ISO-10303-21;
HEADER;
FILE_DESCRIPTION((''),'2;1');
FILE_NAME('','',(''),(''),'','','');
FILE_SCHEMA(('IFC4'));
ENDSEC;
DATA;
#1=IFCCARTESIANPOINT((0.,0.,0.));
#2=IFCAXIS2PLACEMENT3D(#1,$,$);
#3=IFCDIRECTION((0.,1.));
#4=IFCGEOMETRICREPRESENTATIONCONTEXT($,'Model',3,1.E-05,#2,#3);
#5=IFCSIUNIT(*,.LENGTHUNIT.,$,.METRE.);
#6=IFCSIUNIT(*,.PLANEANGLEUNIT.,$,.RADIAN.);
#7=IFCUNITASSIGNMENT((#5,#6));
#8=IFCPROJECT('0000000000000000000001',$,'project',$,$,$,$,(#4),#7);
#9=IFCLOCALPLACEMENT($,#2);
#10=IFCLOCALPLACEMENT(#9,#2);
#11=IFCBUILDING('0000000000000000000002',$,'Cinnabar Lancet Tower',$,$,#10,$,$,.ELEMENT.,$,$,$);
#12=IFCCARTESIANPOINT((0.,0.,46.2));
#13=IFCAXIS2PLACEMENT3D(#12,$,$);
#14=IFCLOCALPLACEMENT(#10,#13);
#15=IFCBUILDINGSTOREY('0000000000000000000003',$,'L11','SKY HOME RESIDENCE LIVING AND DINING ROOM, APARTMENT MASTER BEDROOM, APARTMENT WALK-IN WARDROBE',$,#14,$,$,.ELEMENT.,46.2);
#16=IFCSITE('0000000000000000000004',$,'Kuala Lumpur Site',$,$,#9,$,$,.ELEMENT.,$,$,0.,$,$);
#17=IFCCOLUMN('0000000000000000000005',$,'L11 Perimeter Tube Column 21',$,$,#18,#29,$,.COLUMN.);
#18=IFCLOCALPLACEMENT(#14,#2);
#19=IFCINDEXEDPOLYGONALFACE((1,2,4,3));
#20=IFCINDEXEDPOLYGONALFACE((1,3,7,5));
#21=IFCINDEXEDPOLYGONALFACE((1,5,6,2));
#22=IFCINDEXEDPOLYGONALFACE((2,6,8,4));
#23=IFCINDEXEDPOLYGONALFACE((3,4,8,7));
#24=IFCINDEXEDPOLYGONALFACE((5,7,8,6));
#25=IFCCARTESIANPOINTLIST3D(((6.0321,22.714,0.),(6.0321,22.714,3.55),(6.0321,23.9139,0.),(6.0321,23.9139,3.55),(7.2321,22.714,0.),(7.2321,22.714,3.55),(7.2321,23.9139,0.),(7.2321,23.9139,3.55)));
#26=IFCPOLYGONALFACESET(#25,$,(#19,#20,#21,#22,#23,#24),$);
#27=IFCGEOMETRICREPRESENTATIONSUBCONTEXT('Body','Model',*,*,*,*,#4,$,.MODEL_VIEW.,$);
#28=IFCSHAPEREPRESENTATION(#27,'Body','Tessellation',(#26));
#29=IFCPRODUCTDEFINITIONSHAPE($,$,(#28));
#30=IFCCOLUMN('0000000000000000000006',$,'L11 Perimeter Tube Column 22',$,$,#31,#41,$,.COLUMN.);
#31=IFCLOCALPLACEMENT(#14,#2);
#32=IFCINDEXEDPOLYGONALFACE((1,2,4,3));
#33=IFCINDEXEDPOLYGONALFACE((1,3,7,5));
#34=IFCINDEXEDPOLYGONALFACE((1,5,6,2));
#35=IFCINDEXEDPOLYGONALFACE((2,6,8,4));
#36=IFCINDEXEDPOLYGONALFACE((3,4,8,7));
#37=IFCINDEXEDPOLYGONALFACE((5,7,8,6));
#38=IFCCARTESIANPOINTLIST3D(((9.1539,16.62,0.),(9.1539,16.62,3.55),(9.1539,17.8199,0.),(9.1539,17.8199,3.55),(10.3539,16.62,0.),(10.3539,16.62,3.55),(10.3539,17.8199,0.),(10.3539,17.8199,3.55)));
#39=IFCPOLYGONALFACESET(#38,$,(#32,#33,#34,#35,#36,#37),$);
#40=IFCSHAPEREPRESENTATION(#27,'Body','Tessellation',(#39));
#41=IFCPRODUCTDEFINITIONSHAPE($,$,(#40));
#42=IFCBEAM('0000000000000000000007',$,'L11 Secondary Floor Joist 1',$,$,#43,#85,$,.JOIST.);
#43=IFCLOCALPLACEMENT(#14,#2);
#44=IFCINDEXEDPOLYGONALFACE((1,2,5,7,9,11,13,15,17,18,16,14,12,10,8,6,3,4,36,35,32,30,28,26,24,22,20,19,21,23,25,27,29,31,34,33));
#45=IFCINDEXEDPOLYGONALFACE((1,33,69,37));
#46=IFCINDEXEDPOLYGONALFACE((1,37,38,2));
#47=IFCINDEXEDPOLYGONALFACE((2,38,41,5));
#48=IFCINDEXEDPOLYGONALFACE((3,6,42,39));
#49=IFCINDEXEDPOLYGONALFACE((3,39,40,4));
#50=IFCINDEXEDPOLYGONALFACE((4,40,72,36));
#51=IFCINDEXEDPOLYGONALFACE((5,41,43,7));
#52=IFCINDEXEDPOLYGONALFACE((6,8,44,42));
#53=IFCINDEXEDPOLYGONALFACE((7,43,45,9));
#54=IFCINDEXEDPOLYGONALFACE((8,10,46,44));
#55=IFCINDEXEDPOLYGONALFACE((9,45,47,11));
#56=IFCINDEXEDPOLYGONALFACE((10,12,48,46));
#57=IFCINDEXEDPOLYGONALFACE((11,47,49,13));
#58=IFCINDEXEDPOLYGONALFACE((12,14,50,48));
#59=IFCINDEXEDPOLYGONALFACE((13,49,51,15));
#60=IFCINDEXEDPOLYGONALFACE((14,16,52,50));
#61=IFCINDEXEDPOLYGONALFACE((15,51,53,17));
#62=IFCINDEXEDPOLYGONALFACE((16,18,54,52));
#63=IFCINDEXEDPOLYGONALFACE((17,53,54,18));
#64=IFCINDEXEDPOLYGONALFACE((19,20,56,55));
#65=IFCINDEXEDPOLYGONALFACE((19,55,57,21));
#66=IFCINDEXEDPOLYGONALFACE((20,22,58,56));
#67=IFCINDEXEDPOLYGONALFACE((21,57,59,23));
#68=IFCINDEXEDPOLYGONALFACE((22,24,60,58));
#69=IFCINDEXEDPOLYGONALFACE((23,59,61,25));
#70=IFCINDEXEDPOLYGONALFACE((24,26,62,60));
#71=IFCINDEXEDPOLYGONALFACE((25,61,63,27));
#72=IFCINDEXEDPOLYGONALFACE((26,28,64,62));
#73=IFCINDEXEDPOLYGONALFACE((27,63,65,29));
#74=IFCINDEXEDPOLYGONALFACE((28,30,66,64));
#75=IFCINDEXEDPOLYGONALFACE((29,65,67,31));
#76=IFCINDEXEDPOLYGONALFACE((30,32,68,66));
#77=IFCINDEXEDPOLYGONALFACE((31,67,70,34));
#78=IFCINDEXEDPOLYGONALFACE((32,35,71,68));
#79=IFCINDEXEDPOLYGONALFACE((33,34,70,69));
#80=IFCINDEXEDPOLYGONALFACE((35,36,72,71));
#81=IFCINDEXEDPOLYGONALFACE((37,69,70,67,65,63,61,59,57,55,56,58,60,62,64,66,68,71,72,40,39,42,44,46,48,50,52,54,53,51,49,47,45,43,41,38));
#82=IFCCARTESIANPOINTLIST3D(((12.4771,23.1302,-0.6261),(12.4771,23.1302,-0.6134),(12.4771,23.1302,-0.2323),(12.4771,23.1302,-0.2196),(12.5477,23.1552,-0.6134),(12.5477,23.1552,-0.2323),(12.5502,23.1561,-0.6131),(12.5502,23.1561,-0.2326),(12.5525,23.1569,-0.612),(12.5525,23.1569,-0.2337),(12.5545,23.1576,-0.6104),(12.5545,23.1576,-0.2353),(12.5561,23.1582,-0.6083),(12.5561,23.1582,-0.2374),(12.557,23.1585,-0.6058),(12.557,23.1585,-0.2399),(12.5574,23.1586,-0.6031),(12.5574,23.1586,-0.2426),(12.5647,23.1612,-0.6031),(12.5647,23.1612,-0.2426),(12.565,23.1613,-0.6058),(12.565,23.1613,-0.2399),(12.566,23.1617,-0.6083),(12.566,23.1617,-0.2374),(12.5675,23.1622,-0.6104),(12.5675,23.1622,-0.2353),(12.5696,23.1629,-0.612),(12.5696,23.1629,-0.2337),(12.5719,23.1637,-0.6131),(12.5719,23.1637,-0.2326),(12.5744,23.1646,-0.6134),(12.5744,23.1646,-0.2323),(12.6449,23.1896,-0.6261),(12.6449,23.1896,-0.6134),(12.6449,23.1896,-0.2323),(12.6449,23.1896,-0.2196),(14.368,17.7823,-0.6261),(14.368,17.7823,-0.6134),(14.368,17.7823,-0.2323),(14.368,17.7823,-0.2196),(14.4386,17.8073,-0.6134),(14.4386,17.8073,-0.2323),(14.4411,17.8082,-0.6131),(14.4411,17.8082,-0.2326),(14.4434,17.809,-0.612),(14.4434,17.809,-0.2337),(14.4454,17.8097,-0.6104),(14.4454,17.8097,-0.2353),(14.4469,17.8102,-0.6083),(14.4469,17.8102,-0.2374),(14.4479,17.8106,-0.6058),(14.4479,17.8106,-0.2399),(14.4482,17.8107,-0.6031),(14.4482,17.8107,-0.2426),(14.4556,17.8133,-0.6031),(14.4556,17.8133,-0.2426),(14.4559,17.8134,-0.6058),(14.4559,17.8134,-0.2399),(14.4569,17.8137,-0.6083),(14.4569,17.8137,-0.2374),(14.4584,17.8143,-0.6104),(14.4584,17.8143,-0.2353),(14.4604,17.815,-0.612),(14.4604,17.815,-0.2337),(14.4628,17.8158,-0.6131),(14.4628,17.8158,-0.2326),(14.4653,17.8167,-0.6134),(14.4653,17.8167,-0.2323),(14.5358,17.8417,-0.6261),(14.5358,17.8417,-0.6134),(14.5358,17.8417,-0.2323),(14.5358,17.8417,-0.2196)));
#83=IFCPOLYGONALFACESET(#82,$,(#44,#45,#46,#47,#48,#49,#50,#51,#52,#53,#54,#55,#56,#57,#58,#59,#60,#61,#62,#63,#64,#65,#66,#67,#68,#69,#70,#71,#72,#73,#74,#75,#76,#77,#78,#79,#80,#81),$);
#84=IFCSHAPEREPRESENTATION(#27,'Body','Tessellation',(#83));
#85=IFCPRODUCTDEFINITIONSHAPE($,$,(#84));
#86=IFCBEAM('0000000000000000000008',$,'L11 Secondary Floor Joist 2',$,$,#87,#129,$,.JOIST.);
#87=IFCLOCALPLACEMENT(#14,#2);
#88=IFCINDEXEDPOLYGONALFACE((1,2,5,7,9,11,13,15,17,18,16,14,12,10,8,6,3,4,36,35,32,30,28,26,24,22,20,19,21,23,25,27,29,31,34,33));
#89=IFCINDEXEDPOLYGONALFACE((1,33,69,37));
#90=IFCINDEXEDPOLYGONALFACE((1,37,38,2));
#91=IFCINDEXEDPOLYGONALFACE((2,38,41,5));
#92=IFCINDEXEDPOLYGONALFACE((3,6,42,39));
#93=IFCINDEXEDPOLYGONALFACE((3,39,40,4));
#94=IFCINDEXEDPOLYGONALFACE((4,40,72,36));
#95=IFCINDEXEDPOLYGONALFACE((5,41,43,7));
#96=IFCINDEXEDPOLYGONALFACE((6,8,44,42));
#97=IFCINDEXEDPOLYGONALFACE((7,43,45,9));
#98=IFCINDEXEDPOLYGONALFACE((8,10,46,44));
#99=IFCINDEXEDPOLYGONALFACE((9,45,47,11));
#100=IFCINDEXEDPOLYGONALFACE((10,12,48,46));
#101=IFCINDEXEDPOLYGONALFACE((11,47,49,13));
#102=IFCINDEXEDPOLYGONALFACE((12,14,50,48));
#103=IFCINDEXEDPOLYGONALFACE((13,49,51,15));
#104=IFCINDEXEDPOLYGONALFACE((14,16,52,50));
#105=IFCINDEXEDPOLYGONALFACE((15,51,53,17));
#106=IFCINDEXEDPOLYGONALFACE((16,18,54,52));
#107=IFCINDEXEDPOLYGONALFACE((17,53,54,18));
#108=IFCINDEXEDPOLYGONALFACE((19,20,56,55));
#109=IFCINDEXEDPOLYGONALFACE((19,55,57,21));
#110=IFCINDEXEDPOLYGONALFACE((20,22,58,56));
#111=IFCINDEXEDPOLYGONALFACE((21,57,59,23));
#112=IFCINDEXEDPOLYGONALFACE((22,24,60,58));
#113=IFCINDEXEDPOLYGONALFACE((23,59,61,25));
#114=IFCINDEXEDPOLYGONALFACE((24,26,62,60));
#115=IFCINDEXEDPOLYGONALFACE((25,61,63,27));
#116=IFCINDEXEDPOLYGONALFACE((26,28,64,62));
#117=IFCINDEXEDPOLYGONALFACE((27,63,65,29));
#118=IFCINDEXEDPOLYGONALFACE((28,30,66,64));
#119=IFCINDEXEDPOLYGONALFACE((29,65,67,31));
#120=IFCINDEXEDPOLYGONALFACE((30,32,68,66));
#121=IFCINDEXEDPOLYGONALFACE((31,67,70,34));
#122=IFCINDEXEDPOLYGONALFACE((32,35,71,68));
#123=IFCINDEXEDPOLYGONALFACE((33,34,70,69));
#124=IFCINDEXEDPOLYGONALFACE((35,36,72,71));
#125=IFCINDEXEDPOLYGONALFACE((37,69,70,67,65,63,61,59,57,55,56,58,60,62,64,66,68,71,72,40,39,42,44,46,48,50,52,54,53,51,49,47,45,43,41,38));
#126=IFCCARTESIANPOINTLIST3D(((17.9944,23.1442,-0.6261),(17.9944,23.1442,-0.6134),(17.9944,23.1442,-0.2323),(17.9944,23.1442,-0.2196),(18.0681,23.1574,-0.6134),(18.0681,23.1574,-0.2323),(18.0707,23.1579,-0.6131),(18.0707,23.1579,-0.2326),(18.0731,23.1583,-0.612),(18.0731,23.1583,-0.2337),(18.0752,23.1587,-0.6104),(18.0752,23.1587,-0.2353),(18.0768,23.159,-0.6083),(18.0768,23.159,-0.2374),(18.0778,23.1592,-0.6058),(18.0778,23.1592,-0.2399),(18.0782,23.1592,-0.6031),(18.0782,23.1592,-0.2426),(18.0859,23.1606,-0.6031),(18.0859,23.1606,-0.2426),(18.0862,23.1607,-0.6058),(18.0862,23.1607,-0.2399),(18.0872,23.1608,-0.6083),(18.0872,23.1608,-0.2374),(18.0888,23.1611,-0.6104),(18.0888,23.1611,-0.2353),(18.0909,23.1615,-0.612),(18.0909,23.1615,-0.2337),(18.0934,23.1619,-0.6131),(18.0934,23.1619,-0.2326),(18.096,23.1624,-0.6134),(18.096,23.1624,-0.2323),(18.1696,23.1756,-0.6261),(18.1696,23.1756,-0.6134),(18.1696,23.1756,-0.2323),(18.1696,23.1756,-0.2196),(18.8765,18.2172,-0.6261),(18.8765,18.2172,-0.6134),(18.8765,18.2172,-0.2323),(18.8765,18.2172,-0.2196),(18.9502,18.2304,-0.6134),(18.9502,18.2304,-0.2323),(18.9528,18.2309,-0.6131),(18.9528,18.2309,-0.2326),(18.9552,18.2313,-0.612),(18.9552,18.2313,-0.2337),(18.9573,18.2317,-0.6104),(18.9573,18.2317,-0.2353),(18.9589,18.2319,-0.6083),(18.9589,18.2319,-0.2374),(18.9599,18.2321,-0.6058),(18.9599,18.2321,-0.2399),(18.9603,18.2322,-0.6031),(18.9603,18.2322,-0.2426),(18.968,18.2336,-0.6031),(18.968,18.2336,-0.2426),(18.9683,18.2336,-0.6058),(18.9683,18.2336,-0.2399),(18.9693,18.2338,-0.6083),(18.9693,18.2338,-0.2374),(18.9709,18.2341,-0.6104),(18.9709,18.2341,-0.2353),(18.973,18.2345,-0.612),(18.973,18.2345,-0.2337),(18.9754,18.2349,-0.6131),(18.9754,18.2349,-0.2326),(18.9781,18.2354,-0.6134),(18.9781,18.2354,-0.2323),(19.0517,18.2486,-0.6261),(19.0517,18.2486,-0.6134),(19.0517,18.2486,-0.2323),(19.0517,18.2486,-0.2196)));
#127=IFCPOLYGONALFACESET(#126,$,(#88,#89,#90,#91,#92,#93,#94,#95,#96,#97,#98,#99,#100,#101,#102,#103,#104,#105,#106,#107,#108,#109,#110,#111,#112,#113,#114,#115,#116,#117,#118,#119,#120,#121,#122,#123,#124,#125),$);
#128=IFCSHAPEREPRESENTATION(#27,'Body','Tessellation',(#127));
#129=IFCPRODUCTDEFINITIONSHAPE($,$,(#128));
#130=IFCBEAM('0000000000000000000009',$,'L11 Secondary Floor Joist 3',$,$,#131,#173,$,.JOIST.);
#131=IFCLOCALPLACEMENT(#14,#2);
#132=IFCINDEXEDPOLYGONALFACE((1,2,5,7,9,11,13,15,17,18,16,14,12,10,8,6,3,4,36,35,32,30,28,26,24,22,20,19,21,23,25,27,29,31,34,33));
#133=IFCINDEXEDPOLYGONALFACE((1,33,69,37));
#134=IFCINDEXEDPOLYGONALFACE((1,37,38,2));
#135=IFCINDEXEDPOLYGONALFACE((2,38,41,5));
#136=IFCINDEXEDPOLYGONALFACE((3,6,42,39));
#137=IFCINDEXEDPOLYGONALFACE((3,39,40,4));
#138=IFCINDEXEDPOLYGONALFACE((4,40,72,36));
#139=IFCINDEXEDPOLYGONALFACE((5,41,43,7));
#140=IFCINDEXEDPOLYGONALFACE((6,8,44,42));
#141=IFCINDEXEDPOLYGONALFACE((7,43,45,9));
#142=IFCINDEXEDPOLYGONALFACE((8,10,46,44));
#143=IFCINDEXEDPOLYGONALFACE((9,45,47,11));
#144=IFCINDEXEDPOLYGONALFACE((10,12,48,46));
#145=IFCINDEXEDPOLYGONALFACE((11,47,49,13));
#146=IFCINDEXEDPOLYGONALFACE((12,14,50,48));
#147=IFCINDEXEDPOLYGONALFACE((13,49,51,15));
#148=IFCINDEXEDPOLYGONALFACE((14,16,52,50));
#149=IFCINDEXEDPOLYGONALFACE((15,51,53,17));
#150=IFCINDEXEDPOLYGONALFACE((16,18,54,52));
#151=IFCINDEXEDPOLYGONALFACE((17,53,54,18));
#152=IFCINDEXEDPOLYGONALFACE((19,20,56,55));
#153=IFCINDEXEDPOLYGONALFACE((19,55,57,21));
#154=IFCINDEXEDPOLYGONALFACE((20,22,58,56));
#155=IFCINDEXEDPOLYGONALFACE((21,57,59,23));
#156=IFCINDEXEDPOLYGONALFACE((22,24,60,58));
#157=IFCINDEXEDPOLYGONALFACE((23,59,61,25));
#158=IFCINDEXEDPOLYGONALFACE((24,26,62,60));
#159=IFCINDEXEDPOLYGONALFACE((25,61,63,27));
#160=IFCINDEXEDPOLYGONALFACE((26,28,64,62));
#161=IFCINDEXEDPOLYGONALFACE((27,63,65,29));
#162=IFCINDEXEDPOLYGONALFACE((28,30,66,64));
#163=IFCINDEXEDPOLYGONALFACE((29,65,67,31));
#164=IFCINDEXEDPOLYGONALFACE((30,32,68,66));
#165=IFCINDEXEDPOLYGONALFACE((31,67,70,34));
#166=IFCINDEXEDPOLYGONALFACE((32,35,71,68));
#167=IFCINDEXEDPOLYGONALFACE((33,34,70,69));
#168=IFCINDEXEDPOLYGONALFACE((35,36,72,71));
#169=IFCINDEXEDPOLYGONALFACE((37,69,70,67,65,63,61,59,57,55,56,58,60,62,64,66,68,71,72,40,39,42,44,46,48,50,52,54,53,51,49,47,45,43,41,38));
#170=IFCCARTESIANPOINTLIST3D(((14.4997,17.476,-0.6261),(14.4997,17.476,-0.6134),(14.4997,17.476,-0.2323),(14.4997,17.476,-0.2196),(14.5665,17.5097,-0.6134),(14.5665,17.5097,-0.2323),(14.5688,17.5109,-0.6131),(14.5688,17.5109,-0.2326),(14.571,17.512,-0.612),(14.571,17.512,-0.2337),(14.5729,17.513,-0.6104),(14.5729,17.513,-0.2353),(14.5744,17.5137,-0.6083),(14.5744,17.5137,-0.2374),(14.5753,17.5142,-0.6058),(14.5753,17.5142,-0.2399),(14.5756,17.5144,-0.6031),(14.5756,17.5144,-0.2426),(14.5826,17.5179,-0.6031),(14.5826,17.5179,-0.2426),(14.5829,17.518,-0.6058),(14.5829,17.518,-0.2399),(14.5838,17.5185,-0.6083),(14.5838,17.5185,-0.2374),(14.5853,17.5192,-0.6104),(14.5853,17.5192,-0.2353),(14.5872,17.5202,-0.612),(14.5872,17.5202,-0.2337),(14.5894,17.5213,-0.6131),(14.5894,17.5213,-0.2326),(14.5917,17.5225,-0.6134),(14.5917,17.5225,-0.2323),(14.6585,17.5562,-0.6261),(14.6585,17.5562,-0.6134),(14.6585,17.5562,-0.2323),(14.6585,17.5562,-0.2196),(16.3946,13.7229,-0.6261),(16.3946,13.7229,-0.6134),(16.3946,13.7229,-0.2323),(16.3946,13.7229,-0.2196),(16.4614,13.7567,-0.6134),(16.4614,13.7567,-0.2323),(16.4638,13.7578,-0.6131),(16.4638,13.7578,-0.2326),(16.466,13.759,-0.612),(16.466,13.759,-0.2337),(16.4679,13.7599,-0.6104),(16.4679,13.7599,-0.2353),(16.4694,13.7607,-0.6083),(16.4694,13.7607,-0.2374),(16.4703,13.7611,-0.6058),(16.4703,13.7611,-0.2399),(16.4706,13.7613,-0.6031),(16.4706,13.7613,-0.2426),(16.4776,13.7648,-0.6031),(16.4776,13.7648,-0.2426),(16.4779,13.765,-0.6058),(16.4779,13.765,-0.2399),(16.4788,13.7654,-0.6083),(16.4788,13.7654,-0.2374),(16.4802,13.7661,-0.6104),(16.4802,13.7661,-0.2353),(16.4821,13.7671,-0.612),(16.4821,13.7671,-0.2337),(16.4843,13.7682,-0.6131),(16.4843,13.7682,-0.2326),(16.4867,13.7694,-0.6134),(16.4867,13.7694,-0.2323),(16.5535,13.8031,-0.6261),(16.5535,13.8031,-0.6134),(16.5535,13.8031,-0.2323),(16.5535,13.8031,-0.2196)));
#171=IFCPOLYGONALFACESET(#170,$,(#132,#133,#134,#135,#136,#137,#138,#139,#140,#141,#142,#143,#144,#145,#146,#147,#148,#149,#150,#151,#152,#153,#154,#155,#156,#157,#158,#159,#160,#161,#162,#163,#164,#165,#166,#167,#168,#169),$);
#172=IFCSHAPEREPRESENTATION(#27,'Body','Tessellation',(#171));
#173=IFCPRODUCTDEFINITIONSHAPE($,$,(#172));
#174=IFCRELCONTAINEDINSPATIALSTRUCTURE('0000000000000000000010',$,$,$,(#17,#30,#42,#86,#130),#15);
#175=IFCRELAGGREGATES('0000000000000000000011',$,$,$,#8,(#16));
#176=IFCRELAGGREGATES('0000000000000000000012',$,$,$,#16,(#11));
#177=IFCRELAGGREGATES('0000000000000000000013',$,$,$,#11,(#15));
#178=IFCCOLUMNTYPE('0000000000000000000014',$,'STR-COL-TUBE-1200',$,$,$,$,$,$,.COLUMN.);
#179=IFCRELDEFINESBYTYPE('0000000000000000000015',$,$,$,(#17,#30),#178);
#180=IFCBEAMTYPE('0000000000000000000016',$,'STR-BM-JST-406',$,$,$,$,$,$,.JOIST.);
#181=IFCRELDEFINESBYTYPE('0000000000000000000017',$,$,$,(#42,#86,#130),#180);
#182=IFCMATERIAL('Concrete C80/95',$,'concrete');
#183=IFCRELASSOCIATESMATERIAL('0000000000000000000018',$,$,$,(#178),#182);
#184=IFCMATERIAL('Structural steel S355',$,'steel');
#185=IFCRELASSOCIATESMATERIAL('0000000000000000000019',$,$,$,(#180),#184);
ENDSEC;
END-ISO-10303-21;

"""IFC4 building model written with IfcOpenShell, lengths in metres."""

from ifc_helpers import new_model, si_unit, direction, frame, origin, origin_2d, place, context, subcontext, project, spatial, rectangle, i_section, extrude, material, material_profile, profile_set, type_object, element, save


model = new_model("IFC4")

# Units and contexts
model_context = context("Model", 3, precision=1e-05, world=origin(), true_north=direction((0.0, 1.0)))
body_context = subcontext(model_context, "Body", "Model", "MODEL_VIEW")
ifc_project = project(units=[si_unit("LENGTHUNIT", "METRE"), si_unit("PLANEANGLEUNIT", "RADIAN")], contexts=[model_context])

# Site, building, storey
site_placement = place(None, origin())
site = spatial("IfcSite", under=ifc_project, at=site_placement, Name="Kuala Lumpur Site", CompositionType="ELEMENT", RefElevation=0.0)
building_placement = place(site_placement, origin())
building = spatial("IfcBuilding", under=site, at=building_placement, Name="Cinnabar Lancet Tower", CompositionType="ELEMENT")
storey_placement = place(building_placement, frame((0.0, 0.0, 46.2)))
storey = spatial("IfcBuildingStorey", under=building, at=storey_placement, Name="L11", Description="SKY HOME RESIDENCE LIVING AND DINING ROOM, APARTMENT MASTER BEDROOM, APARTMENT WALK-IN WARDROBE", CompositionType="ELEMENT", Elevation=46.2)

# Columns
ifc_material_1 = material(Name="Concrete C80/95", Category="concrete")
ifc_material_profile_1 = material_profile(ifc_material_1, rectangle(XDim=1.2, YDim=1.2, at=origin_2d()), Name="RC-COL 1200x1200")
ifc_profile_set_1 = profile_set([ifc_material_profile_1], Name="Concrete C80/95")
column_type = type_object("IfcColumnType", Name="STR-COL-TUBE-1200", PredefinedType="COLUMN", material=ifc_profile_set_1)
for number, where, z_axis, x_axis, name in (
    (1, (6.6321, 23.314, 0.0), (0.0, 0.0, 1.0), (1.0, 0.0, 0.0), "L11 Perimeter Tube Column 21"),
    (2, (9.7539, 17.22, 0.0), (0.0, 0.0, 1.0), (1.0, 0.0, 0.0), "L11 Perimeter Tube Column 22"),
):
    element("IfcColumn", number, at=place(storey_placement, frame(where, z_axis=z_axis, x_axis=x_axis)), inside=storey, type_object=column_type, Name=name, PredefinedType="COLUMN", context=body_context, shape_type="SweptSolid", body=[
        extrude(rectangle(XDim=1.2, YDim=1.2, at=origin_2d()), origin(), (0.0, 0.0, 1.0), 3.55),
    ])

# Beams
ifc_material_2 = material(Name="Structural steel S355", Category="steel")
ifc_material_profile_2 = material_profile(ifc_material_2, i_section(OverallWidth=0.178, OverallDepth=0.4065, WebThickness=0.0078, FlangeThickness=0.0127, FilletRadius=0.0103, at=origin_2d()), Name="UKB 406x178x60")
ifc_profile_set_2 = profile_set([ifc_material_profile_2], Name="Structural steel S355")
beam_type_1 = type_object("IfcBeamType", Name="STR-BM-JST-406", PredefinedType="JOIST", material=ifc_profile_set_2)
beam_1_placement = place(storey_placement, frame((12.561, 23.1599, -0.4229), z_axis=(0.333349, -0.942803, 0.0), x_axis=(0.942803, 0.333349, 0.0)))
element("IfcBeam", 3, at=beam_1_placement, inside=storey, type_object=beam_type_1, Name="L11 Secondary Floor Joist 1", PredefinedType="JOIST", context=body_context, shape_type="SweptSolid", body=[
    extrude(i_section(OverallWidth=0.178, OverallDepth=0.4065, WebThickness=0.0078, FlangeThickness=0.0127, FilletRadius=0.0103, at=origin_2d()), origin(), (0.0, 0.0, 1.0), 5.6724),
])
beam_2_placement = place(storey_placement, frame((18.082, 23.1599, -0.4229), z_axis=(0.176228, -0.984349, 0.0), x_axis=(0.984349, 0.176228, 0.0)))
element("IfcBeam", 4, at=beam_2_placement, inside=storey, type_object=beam_type_1, Name="L11 Secondary Floor Joist 2", PredefinedType="JOIST", context=body_context, shape_type="SweptSolid", body=[
    extrude(i_section(OverallWidth=0.178, OverallDepth=0.4065, WebThickness=0.0078, FlangeThickness=0.0127, FilletRadius=0.0103, at=origin_2d()), origin(), (0.0, 0.0, 1.0), 5.0054),
])
beam_3_placement = place(storey_placement, frame((14.5791, 17.5161, -0.4229), z_axis=(0.450717, -0.892667, 0.0), x_axis=(0.892667, 0.450717, 0.0)))
element("IfcBeam", 5, at=beam_3_placement, inside=storey, type_object=beam_type_1, Name="L11 Secondary Floor Joist 3", PredefinedType="JOIST", context=body_context, shape_type="SweptSolid", body=[
    extrude(i_section(OverallWidth=0.178, OverallDepth=0.4065, WebThickness=0.0078, FlangeThickness=0.0127, FilletRadius=0.0103, at=origin_2d()), origin(), (0.0, 0.0, 1.0), 4.2043),
])

save(model, "model.ifc")
